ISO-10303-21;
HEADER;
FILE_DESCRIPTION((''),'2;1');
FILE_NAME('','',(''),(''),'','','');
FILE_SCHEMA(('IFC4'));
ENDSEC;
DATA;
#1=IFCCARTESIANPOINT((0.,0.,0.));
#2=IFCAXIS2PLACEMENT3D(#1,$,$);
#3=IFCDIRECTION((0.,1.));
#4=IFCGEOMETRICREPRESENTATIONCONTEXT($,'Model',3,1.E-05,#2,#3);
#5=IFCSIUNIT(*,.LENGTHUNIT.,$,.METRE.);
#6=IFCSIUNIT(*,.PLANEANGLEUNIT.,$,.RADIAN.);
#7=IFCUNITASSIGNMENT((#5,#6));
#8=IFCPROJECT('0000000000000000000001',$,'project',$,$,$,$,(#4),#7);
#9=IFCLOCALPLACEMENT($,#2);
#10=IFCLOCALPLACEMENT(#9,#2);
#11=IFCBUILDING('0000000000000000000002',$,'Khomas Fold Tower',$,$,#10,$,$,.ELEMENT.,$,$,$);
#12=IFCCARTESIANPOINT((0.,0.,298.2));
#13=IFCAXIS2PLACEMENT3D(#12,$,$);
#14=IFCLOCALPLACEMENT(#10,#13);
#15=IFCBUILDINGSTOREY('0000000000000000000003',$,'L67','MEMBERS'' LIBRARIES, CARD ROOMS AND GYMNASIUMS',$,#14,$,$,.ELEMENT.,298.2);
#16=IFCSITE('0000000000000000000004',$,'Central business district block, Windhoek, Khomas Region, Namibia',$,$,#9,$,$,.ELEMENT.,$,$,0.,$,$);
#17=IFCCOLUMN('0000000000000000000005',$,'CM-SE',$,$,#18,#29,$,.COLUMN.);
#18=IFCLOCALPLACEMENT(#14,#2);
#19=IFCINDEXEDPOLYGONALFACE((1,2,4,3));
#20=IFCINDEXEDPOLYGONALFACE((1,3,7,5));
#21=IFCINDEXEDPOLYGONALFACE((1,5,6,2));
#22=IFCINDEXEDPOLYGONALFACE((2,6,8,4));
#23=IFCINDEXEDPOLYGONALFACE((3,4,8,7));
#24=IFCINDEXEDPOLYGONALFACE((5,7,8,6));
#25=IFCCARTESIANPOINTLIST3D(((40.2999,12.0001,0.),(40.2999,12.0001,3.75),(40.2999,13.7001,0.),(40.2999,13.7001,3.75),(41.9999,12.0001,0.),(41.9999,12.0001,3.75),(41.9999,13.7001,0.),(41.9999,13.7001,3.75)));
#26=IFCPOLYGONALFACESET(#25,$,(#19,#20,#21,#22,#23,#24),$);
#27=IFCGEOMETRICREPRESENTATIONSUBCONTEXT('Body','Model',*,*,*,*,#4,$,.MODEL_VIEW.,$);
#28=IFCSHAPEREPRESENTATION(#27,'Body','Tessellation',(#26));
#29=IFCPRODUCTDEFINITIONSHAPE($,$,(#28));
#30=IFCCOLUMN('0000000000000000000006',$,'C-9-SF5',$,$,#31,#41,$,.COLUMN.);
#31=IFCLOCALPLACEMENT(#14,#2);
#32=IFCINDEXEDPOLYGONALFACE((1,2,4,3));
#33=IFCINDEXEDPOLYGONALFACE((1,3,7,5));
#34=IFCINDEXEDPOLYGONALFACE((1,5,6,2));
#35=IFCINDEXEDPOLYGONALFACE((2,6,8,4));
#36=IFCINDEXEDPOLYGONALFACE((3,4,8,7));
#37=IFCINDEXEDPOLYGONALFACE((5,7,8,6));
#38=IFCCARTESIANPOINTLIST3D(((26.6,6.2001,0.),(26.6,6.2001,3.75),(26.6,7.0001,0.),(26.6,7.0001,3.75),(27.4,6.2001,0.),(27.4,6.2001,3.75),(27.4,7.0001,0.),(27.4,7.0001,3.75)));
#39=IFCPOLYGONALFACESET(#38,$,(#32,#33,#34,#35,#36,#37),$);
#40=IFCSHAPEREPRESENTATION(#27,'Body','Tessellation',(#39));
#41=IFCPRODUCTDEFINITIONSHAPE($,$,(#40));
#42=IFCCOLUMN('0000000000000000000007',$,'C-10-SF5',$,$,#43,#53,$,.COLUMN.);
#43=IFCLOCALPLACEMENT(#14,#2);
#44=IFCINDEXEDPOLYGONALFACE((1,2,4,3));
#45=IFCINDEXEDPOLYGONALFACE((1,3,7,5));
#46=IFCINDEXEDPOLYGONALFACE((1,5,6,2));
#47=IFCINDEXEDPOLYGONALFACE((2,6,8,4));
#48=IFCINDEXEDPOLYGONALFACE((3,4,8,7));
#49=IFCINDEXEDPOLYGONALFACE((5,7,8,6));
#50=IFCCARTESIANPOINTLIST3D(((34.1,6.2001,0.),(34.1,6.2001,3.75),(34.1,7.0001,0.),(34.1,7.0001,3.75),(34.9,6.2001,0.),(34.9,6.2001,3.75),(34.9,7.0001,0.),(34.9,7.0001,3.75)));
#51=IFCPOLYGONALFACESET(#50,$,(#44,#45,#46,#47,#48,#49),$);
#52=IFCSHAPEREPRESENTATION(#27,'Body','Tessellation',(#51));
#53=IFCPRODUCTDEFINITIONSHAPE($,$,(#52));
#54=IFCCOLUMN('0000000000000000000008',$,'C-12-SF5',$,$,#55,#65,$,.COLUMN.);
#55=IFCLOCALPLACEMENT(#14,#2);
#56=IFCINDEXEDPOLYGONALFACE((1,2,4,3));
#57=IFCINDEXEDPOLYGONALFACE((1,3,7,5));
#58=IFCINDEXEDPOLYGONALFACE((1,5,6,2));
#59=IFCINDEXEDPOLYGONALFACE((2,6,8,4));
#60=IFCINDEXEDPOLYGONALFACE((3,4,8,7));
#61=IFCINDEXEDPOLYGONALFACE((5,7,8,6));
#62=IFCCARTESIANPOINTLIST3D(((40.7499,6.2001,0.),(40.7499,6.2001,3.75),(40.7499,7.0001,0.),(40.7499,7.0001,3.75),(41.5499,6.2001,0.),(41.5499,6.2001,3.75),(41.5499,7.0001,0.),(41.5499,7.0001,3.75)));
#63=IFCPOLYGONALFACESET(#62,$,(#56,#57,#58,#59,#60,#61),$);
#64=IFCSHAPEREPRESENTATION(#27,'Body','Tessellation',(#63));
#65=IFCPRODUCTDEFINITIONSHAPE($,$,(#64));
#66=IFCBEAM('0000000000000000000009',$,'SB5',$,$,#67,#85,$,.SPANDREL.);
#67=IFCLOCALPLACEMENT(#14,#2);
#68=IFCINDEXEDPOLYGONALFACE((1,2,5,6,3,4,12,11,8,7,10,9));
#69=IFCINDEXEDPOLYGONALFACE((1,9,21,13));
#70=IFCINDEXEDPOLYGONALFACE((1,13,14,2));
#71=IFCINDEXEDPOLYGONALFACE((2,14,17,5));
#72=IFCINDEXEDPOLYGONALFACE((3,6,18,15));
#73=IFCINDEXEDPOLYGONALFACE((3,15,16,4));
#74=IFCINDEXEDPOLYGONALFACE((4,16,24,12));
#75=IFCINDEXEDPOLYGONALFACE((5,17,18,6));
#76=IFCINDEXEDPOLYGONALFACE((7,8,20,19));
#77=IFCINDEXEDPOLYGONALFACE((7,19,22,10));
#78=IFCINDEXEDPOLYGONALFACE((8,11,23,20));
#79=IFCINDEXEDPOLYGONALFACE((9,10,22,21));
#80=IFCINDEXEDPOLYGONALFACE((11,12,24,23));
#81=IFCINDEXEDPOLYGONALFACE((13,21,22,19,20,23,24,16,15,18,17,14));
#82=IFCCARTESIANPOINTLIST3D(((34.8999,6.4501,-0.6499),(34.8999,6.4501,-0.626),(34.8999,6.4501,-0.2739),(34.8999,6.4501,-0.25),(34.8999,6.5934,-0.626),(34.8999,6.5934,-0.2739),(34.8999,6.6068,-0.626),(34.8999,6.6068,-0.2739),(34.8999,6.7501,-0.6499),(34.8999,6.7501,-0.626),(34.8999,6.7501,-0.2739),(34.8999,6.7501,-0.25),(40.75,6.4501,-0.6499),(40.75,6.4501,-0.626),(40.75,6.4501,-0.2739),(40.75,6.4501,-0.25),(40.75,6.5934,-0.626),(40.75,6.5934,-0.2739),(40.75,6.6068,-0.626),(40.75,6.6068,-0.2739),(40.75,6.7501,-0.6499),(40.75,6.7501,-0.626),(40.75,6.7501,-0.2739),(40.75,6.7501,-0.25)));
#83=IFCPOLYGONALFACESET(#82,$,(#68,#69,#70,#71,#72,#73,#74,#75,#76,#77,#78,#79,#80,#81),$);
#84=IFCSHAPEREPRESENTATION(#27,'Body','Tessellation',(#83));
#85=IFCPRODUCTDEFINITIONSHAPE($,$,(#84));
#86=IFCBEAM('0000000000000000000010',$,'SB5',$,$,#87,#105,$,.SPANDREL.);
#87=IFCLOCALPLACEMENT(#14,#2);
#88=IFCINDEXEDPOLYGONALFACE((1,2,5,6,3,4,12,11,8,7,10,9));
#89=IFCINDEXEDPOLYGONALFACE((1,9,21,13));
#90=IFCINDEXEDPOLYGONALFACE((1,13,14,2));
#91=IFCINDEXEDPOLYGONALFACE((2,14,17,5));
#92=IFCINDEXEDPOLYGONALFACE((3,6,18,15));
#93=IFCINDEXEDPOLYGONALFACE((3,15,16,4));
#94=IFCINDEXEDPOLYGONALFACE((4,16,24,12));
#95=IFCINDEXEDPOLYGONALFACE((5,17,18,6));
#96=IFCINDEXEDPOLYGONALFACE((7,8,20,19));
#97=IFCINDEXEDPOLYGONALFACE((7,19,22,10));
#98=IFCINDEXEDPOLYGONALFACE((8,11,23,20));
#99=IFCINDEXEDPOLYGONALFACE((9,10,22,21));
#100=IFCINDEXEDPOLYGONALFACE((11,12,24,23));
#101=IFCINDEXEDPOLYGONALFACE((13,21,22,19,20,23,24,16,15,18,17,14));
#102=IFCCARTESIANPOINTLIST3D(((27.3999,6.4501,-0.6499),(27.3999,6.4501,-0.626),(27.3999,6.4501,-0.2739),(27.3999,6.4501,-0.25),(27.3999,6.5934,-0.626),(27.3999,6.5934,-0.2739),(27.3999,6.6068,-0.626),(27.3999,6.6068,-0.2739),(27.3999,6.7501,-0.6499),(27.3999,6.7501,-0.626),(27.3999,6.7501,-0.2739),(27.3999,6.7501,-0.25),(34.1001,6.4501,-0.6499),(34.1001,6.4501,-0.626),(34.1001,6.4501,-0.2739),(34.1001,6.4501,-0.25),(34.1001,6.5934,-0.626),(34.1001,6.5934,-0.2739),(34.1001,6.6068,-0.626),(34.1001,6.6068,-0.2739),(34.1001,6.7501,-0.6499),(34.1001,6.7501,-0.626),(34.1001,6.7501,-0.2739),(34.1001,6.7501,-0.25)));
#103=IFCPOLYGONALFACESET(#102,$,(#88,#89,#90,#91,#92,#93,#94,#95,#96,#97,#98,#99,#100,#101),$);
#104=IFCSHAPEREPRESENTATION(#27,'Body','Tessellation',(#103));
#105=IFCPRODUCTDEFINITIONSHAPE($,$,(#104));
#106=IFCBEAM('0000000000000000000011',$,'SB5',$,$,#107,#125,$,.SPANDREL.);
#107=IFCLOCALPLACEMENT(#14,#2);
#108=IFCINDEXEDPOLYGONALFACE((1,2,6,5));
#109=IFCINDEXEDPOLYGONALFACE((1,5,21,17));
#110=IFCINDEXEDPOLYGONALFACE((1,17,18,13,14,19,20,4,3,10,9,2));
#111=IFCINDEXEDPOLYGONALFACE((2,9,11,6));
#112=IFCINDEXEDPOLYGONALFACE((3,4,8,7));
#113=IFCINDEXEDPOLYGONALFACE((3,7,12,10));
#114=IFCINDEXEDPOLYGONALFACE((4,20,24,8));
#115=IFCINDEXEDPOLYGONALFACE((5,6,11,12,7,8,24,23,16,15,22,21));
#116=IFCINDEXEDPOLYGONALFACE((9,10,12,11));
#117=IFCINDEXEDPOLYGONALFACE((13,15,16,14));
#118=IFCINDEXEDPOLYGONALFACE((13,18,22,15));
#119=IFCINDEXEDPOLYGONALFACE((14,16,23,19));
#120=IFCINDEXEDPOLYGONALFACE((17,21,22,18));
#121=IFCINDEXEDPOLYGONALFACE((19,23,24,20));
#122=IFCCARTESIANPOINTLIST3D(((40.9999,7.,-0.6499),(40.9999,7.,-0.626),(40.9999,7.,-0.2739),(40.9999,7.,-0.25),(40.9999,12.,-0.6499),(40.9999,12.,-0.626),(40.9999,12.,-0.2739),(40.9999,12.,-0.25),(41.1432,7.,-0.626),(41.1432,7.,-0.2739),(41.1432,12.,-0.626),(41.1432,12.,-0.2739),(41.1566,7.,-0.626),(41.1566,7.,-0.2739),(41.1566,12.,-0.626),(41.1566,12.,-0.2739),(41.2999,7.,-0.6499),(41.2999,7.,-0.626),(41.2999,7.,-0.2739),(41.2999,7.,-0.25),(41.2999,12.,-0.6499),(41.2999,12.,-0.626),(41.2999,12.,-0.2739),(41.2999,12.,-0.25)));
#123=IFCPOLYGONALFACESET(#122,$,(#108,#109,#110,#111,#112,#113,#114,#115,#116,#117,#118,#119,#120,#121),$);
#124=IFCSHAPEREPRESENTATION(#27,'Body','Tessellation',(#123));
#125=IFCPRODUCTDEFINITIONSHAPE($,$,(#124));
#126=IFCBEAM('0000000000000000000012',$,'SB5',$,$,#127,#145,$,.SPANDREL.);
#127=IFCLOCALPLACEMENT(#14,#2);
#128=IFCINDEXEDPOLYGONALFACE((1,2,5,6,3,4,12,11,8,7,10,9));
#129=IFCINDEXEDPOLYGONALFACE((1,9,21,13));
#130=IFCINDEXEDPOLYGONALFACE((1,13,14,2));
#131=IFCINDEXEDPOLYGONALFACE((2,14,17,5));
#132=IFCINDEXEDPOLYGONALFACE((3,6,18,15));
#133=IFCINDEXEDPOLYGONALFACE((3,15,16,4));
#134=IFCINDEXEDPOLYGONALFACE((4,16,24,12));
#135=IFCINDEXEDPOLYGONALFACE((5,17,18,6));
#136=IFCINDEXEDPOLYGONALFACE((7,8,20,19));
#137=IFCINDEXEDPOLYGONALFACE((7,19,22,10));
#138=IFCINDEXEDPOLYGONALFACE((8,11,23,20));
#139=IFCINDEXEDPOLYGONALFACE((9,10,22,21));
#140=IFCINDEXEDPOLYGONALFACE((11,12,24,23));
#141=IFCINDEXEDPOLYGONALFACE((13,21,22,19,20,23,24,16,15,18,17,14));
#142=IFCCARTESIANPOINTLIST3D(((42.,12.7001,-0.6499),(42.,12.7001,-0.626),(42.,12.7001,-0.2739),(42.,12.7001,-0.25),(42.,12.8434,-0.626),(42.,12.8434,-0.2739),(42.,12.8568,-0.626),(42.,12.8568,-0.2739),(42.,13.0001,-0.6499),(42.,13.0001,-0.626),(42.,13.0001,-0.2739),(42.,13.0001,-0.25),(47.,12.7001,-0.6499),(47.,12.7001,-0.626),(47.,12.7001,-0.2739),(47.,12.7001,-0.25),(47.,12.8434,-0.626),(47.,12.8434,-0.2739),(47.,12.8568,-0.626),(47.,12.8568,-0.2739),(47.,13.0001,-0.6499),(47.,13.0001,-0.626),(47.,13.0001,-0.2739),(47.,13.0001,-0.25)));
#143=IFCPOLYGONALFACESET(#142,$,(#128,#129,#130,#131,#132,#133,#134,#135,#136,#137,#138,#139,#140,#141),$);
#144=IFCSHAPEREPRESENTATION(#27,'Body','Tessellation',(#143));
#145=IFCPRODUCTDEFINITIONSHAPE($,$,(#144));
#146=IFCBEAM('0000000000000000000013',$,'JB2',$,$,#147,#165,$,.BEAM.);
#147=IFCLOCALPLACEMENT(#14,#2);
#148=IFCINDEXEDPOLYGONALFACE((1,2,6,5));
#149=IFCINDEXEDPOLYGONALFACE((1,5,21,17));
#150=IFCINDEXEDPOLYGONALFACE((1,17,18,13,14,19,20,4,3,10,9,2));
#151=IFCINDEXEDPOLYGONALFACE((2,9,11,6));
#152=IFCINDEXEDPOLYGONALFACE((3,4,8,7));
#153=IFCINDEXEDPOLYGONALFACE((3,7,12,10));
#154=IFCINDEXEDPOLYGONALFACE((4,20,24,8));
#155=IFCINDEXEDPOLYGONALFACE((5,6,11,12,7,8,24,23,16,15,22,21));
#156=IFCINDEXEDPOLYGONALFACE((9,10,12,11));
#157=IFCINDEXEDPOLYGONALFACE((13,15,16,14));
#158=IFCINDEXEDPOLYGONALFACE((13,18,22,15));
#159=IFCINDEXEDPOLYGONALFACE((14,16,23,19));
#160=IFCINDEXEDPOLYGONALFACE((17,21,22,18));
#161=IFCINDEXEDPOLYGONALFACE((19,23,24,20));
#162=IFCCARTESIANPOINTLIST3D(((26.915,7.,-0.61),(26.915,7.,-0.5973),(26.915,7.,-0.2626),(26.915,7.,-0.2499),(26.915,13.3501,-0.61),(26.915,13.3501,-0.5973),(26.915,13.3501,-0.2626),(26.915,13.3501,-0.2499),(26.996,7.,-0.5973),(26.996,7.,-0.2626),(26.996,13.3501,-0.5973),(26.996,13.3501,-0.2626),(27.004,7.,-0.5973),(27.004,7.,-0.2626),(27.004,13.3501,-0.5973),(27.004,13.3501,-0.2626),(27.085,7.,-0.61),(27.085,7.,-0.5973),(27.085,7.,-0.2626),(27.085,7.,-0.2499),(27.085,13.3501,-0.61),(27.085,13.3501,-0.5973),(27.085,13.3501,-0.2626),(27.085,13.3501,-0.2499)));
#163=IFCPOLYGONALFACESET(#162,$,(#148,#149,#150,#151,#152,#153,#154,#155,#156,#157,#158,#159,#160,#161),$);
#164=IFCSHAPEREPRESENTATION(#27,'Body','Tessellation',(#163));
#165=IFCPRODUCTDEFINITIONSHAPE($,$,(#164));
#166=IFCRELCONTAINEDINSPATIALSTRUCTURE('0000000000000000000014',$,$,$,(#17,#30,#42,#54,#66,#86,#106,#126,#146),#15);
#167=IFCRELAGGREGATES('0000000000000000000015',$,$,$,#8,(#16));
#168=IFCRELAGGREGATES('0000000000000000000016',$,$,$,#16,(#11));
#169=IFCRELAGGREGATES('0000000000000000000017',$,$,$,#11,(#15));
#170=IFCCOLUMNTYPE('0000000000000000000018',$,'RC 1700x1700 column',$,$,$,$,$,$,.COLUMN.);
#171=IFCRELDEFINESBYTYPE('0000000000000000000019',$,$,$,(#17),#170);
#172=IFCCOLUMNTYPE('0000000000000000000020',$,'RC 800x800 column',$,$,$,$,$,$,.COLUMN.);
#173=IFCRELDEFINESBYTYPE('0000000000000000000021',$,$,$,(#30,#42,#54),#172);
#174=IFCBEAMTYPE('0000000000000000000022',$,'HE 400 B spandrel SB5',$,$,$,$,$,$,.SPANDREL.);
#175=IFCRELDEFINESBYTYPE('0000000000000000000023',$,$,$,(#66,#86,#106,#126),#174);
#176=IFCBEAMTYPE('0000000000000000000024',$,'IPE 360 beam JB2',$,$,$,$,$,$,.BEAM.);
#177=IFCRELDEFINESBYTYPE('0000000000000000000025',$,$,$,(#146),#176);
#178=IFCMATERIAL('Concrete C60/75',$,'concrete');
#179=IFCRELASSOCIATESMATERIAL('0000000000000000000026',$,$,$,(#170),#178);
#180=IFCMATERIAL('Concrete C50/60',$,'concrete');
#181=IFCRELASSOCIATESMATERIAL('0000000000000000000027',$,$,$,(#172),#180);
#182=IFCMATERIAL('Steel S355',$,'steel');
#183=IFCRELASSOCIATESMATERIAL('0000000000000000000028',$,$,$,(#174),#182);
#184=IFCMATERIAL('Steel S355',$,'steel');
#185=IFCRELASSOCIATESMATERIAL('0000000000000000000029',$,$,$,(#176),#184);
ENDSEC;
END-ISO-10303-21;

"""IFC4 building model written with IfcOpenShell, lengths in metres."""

from ifc_helpers import new_model, si_unit, direction, frame, origin, origin_2d, place, context, subcontext, project, spatial, rectangle, i_section, extrude, source, transform, mapped, material, material_profile, profile_set, type_object, element, save


model = new_model("IFC4")

# Units and contexts
model_context = context("Model", 3, precision=1e-05, world=origin(), true_north=direction((0.0, 1.0)))
body_context = subcontext(model_context, "Body", "Model", "MODEL_VIEW")
ifc_project = project(units=[si_unit("LENGTHUNIT", "METRE"), si_unit("PLANEANGLEUNIT", "RADIAN")], contexts=[model_context])

# Site, building, storey
site_placement = place(None, origin())
site = spatial("IfcSite", under=ifc_project, at=site_placement, Name="Central business district block, Windhoek, Khomas Region, Namibia", CompositionType="ELEMENT", RefElevation=0.0)
building_placement = place(site_placement, origin())
building = spatial("IfcBuilding", under=site, at=building_placement, Name="Khomas Fold Tower", CompositionType="ELEMENT")
storey_placement = place(building_placement, frame((0.0, 0.0, 298.2)))
storey = spatial("IfcBuildingStorey", under=building, at=storey_placement, Name="L67", Description="MEMBERS' LIBRARIES, CARD ROOMS AND GYMNASIUMS", CompositionType="ELEMENT", Elevation=298.2)

# Columns
ifc_material_1 = material(Name="Concrete C60/75", Category="concrete")
ifc_material_profile_1 = material_profile(ifc_material_1, rectangle(XDim=1.7, YDim=1.7, at=origin_2d()), Name="RC 1700x1700")
ifc_profile_set_1 = profile_set([ifc_material_profile_1], Name="Concrete C60/75")
column_type_1 = type_object("IfcColumnType", Name="RC 1700x1700 column", PredefinedType="COLUMN", material=ifc_profile_set_1)
shared_shape_1 = source(origin(), body_context, "Body", "SweptSolid", [
    extrude(rectangle(XDim=1.7, YDim=1.7, at=origin_2d()), origin(), (0.0, 0.0, 1.0), 3.75),
])
column_placement = place(storey_placement, frame((41.1499, 12.8501, 0.0), z_axis=(0.0, 0.0, 1.0), x_axis=(1.0, 0.0, 0.0)))
element("IfcColumn", 1, at=column_placement, inside=storey, type_object=column_type_1, Name="CM-SE", PredefinedType="COLUMN", context=body_context, shape_type="MappedRepresentation", body=[
    mapped(shared_shape_1, transform((0.0, 0.0, 0.0))),
])
ifc_material_2 = material(Name="Concrete C50/60", Category="concrete")
ifc_material_profile_2 = material_profile(ifc_material_2, rectangle(XDim=0.8, YDim=0.8, at=origin_2d()), Name="RC 800x800")
ifc_profile_set_2 = profile_set([ifc_material_profile_2], Name="Concrete C50/60")
column_type_2 = type_object("IfcColumnType", Name="RC 800x800 column", PredefinedType="COLUMN", material=ifc_profile_set_2)
shared_shape_2 = source(origin(), body_context, "Body", "SweptSolid", [
    extrude(rectangle(XDim=0.8, YDim=0.8, at=origin_2d()), origin(), (0.0, 0.0, 1.0), 3.75),
])
for number, where, z_axis, x_axis, name in (
    (2, (27.0, 6.6001, 0.0), (0.0, 0.0, 1.0), (1.0, 0.0, 0.0), "C-9-SF5"),
    (3, (34.5, 6.6001, 0.0), (0.0, 0.0, 1.0), (1.0, 0.0, 0.0), "C-10-SF5"),
    (4, (41.1499, 6.6001, 0.0), (0.0, 0.0, 1.0), (1.0, 0.0, 0.0), "C-12-SF5"),
):
    element("IfcColumn", number, at=place(storey_placement, frame(where, z_axis=z_axis, x_axis=x_axis)), inside=storey, type_object=column_type_2, Name=name, PredefinedType="COLUMN", context=body_context, shape_type="MappedRepresentation", body=[
        mapped(shared_shape_2, transform((0.0, 0.0, 0.0))),
    ])

# Beams
ifc_material_3 = material(Name="Steel S355", Category="steel")
ifc_material_profile_3 = material_profile(ifc_material_3, i_section(OverallWidth=0.3, OverallDepth=0.3999, WebThickness=0.0134, FlangeThickness=0.0239, at=origin_2d()), Name="HE 400 B")
ifc_profile_set_3 = profile_set([ifc_material_profile_3], Name="Steel S355")
beam_type_1 = type_object("IfcBeamType", Name="HE 400 B spandrel SB5", PredefinedType="SPANDREL", material=ifc_profile_set_3)
shared_shape_3 = source(origin(), body_context, "Body", "SweptSolid", [
    extrude(i_section(OverallWidth=0.3, OverallDepth=0.3999, WebThickness=0.0134, FlangeThickness=0.0239, at=origin_2d()), origin(), (0.0, 0.0, 1.0), 5.8501),
])
beam_1_placement = place(storey_placement, frame((34.8999, 6.6001, -0.45), z_axis=(1.0, 0.0, 0.0), x_axis=(0.0, 1.0, 0.0)))
element("IfcBeam", 5, at=beam_1_placement, inside=storey, type_object=beam_type_1, Name="SB5", PredefinedType="SPANDREL", context=body_context, shape_type="MappedRepresentation", body=[
    mapped(shared_shape_3, transform((0.0, 0.0, 0.0))),
])
shared_shape_4 = source(origin(), body_context, "Body", "SweptSolid", [
    extrude(i_section(OverallWidth=0.3, OverallDepth=0.3999, WebThickness=0.0134, FlangeThickness=0.0239, at=origin_2d()), origin(), (0.0, 0.0, 1.0), 6.7002),
])
beam_2_placement = place(storey_placement, frame((27.3999, 6.6001, -0.45), z_axis=(1.0, 0.0, 0.0), x_axis=(0.0, 1.0, 0.0)))
element("IfcBeam", 6, at=beam_2_placement, inside=storey, type_object=beam_type_1, Name="SB5", PredefinedType="SPANDREL", context=body_context, shape_type="MappedRepresentation", body=[
    mapped(shared_shape_4, transform((0.0, 0.0, 0.0))),
])
shared_shape_5 = source(origin(), body_context, "Body", "SweptSolid", [
    extrude(i_section(OverallWidth=0.3, OverallDepth=0.3999, WebThickness=0.0134, FlangeThickness=0.0239, at=origin_2d()), origin(), (0.0, 0.0, 1.0), 5.0),
])
for number, where, z_axis, x_axis, name in (
    (7, (41.1499, 7.0, -0.45), (0.0, 1.0, 0.0), (-1.0, 0.0, 0.0), "SB5"),
    (8, (42.0, 12.8501, -0.45), (1.0, 0.0, 0.0), (0.0, 1.0, 0.0), "SB5"),
):
    element("IfcBeam", number, at=place(storey_placement, frame(where, z_axis=z_axis, x_axis=x_axis)), inside=storey, type_object=beam_type_1, Name=name, PredefinedType="SPANDREL", context=body_context, shape_type="MappedRepresentation", body=[
        mapped(shared_shape_5, transform((0.0, 0.0, 0.0))),
    ])
ifc_material_4 = material(Name="Steel S355", Category="steel")
ifc_material_profile_4 = material_profile(ifc_material_4, i_section(OverallWidth=0.1699, OverallDepth=0.3601, WebThickness=0.0081, FlangeThickness=0.0127, at=origin_2d()), Name="IPE 360")
ifc_profile_set_4 = profile_set([ifc_material_profile_4], Name="Steel S355")
beam_type_2 = type_object("IfcBeamType", Name="IPE 360 beam JB2", PredefinedType="BEAM", material=ifc_profile_set_4)
shared_shape_6 = source(origin(), body_context, "Body", "SweptSolid", [
    extrude(i_section(OverallWidth=0.1699, OverallDepth=0.3601, WebThickness=0.0081, FlangeThickness=0.0127, at=origin_2d()), origin(), (0.0, 0.0, 1.0), 6.3501),
])
beam_3_placement = place(storey_placement, frame((27.0, 7.0, -0.4299), z_axis=(0.0, 1.0, 0.0), x_axis=(-1.0, 0.0, 0.0)))
element("IfcBeam", 9, at=beam_3_placement, inside=storey, type_object=beam_type_2, Name="JB2", PredefinedType="BEAM", context=body_context, shape_type="MappedRepresentation", body=[
    mapped(shared_shape_6, transform((0.0, 0.0, 0.0))),
])

save(model, "model.ifc")
